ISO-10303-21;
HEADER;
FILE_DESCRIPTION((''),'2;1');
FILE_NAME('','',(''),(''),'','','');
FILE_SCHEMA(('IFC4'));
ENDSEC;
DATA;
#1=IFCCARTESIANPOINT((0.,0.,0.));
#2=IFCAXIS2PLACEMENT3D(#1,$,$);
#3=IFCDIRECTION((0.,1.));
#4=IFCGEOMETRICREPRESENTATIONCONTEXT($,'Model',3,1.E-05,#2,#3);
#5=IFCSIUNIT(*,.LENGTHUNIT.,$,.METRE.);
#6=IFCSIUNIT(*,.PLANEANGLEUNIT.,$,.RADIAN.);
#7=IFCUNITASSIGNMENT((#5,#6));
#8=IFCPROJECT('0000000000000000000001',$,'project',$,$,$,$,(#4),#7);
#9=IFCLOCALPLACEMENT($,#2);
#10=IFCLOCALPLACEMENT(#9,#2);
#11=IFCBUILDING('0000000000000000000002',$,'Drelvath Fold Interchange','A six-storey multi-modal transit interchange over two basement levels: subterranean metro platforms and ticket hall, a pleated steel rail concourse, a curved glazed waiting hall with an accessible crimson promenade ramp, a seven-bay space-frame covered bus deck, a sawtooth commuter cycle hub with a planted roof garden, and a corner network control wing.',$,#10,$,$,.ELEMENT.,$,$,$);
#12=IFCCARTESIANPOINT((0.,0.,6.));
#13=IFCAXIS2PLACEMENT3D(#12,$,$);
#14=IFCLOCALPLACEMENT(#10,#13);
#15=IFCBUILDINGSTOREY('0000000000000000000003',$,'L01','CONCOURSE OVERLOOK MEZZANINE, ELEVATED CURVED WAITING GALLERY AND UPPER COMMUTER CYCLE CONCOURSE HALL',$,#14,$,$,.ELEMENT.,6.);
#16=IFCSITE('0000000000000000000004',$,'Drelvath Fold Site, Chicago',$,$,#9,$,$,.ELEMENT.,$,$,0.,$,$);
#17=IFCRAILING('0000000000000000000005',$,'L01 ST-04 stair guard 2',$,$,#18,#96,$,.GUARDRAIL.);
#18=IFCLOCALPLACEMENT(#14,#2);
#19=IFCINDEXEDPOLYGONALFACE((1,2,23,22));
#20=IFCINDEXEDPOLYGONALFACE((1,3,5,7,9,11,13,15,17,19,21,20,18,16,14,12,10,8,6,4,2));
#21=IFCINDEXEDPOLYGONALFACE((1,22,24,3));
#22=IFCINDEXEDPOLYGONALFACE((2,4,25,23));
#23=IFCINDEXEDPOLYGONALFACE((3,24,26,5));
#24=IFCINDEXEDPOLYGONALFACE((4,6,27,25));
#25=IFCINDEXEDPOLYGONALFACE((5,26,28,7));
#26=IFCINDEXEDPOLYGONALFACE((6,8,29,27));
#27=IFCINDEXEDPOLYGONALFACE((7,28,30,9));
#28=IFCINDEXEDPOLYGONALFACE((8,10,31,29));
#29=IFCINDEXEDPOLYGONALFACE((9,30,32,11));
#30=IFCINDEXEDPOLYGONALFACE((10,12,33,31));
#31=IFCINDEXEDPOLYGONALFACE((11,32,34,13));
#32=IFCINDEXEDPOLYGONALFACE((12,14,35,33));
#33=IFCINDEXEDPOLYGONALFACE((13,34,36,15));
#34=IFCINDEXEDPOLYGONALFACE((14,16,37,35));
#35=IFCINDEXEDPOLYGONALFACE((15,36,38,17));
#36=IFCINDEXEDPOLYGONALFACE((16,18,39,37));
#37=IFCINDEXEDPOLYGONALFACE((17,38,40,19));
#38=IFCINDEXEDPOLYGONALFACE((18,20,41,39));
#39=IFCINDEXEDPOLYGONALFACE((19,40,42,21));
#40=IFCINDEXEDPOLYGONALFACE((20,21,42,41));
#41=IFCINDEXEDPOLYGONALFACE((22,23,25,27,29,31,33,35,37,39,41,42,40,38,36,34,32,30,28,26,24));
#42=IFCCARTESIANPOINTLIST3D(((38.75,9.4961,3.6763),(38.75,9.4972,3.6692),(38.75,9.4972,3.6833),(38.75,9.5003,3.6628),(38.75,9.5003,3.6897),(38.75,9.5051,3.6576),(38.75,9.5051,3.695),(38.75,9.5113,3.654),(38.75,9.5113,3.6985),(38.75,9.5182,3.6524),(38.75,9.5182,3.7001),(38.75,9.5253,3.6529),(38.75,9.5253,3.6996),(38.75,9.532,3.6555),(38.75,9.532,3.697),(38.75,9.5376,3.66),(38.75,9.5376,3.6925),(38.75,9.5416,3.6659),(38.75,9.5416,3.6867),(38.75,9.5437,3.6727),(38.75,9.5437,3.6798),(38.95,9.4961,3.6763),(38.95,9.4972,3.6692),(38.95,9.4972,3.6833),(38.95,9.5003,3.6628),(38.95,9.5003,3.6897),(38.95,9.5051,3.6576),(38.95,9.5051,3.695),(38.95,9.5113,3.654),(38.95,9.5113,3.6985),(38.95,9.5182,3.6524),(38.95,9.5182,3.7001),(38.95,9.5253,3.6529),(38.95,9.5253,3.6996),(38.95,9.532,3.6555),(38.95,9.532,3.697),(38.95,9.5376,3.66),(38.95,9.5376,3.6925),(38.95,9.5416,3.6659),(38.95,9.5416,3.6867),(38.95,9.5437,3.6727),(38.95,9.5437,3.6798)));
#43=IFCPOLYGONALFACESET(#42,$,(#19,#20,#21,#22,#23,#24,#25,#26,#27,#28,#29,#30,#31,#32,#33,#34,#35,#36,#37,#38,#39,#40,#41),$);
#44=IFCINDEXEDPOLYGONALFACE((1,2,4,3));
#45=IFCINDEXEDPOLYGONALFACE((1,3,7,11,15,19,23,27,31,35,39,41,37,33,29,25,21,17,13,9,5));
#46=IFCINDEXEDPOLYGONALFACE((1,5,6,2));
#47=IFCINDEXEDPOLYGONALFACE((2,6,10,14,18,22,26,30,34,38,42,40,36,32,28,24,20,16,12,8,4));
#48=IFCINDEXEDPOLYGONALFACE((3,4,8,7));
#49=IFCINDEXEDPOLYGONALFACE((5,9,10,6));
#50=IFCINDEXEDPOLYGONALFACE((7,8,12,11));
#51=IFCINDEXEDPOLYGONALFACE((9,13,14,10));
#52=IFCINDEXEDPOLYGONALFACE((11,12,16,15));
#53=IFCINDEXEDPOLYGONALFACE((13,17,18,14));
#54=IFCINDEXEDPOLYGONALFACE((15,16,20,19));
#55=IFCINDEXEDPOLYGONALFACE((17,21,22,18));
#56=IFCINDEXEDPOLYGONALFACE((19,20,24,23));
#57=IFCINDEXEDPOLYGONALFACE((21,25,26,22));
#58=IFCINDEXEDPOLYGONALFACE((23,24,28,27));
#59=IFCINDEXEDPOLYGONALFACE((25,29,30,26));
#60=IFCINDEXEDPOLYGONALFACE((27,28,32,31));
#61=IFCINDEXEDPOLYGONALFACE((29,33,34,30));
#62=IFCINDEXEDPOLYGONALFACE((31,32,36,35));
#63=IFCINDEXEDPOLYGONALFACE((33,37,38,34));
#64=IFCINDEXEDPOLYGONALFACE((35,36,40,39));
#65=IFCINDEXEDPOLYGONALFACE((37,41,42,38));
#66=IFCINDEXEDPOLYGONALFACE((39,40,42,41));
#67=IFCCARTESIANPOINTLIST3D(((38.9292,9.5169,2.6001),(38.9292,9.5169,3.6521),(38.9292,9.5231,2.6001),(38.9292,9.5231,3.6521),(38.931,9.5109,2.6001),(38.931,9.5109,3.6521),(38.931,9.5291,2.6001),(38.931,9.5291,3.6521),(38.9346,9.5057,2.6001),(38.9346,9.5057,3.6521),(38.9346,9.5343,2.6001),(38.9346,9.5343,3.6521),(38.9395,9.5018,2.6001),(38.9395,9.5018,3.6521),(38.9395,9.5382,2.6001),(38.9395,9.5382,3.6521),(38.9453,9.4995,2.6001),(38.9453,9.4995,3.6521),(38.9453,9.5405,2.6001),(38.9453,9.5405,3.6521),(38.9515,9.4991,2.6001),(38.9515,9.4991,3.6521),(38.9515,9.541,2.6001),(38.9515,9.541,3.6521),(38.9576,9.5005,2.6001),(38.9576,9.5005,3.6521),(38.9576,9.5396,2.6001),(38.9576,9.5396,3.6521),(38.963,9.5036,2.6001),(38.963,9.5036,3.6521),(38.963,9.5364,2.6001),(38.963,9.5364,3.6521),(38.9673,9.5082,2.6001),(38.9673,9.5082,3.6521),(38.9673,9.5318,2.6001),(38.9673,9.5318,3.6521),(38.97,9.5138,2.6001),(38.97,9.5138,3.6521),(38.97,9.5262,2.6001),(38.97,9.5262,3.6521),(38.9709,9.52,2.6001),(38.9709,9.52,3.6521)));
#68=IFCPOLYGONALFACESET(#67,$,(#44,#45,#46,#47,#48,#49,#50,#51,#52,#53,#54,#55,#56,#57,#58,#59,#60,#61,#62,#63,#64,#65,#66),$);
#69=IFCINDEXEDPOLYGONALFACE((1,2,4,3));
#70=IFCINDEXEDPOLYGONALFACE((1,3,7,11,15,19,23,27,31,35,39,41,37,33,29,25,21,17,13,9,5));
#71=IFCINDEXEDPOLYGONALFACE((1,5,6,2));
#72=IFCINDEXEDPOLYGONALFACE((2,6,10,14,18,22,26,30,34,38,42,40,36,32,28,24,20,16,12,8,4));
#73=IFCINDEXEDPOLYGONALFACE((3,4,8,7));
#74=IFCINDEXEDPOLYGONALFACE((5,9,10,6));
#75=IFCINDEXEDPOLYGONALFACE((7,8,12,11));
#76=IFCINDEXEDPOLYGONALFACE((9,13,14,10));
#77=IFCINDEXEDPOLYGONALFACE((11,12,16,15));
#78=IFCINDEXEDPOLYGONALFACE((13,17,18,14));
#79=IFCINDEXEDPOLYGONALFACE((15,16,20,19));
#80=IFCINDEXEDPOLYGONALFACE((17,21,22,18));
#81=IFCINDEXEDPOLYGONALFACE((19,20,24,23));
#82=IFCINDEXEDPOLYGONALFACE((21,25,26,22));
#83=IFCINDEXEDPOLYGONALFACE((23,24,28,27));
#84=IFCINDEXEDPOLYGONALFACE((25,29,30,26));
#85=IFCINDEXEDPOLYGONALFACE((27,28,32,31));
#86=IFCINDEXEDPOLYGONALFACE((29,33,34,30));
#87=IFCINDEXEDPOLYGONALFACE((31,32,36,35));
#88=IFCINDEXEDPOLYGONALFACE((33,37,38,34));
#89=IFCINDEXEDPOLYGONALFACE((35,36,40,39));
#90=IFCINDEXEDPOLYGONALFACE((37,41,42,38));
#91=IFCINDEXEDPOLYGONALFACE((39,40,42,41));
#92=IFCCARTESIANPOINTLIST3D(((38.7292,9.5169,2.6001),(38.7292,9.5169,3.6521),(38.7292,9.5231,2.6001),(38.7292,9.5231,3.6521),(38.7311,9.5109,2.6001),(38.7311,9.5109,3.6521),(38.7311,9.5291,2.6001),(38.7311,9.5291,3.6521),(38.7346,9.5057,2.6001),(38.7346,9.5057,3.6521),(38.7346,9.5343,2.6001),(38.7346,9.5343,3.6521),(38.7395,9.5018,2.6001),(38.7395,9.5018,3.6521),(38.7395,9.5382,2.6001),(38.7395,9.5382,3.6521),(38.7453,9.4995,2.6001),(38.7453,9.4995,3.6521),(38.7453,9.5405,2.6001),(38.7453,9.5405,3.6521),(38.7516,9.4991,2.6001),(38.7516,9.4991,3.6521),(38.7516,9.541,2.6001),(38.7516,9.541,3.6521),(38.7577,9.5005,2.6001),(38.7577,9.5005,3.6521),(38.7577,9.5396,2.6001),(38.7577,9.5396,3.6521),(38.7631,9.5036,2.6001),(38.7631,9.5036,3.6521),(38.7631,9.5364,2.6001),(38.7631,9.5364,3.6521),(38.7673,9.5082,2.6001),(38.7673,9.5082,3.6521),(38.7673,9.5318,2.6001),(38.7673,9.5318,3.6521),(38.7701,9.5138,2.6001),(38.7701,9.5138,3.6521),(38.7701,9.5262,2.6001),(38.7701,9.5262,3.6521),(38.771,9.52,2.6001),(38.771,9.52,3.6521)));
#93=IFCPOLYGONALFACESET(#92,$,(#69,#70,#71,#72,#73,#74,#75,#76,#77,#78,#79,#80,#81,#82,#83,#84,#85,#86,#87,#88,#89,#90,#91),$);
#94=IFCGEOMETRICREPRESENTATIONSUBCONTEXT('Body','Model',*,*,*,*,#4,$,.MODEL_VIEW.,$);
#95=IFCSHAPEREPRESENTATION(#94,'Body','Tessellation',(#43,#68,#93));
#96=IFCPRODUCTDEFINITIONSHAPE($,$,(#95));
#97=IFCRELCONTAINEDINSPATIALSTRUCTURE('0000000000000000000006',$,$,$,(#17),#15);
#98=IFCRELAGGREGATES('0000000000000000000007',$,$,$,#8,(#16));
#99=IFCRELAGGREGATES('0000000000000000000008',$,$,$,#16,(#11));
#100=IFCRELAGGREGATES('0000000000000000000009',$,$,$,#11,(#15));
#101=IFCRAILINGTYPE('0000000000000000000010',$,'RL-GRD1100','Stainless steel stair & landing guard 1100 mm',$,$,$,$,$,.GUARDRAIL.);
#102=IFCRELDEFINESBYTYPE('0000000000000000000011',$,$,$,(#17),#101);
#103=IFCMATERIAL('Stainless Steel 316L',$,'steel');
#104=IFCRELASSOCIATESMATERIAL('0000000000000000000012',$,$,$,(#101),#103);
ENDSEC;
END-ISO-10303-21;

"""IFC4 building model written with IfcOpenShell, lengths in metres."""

from ifc_helpers import new_model, si_unit, direction, frame, origin, origin_2d, place, context, subcontext, project, spatial, circle, extrude, material, type_object, element, save


model = new_model("IFC4")

# Units and contexts
model_context = context("Model", 3, precision=1e-05, world=origin(), true_north=direction((0.0, 1.0)))
body_context = subcontext(model_context, "Body", "Model", "MODEL_VIEW")
ifc_project = project(units=[si_unit("LENGTHUNIT", "METRE"), si_unit("PLANEANGLEUNIT", "RADIAN")], contexts=[model_context])

# Site, building, storey
site_placement = place(None, origin())
site = spatial("IfcSite", under=ifc_project, at=site_placement, Name="Drelvath Fold Site, Chicago", CompositionType="ELEMENT", RefElevation=0.0)
building_placement = place(site_placement, origin())
building = spatial("IfcBuilding", under=site, at=building_placement, Name="Drelvath Fold Interchange", Description="A six-storey multi-modal transit interchange over two basement levels: subterranean metro platforms and ticket hall, a pleated steel rail concourse, a curved glazed waiting hall with an accessible crimson promenade ramp, a seven-bay space-frame covered bus deck, a sawtooth commuter cycle hub with a planted roof garden, and a corner network control wing.", CompositionType="ELEMENT")
storey_placement = place(building_placement, frame((0.0, 0.0, 6.0)))
storey = spatial("IfcBuildingStorey", under=building, at=storey_placement, Name="L01", Description="CONCOURSE OVERLOOK MEZZANINE, ELEVATED CURVED WAITING GALLERY AND UPPER COMMUTER CYCLE CONCOURSE HALL", CompositionType="ELEMENT", Elevation=6.0)

# Railing
ifc_material_1 = material(Name="Stainless Steel 316L", Category="steel")
railing_type_1 = type_object("IfcRailingType", Name="RL-GRD1100", Description="Stainless steel stair & landing guard 1100 mm", PredefinedType="GUARDRAIL", material=ifc_material_1)
railing_1_placement = place(storey_placement, frame((38.95, 9.52, 2.6001)))
element("IfcRailing", 1, at=railing_1_placement, inside=storey, type_object=railing_type_1, Name="L01 ST-04 stair guard 2", PredefinedType="GUARDRAIL", context=body_context, shape_type="SweptSolid", body=[
    extrude(circle(Radius=0.0239, at=origin_2d()), frame((0.0, 0.0, 1.0762), z_axis=(-1.0, 0.0, 0.0), x_axis=(0.0, -1.0, 0.0)), (0.0, 0.0, 1.0), 0.2),
    extrude(circle(Radius=0.021, at=origin_2d()), origin(), (0.0, 0.0, 1.0), 1.052),
    extrude(circle(Radius=0.021, at=origin_2d()), frame((-0.2, 0.0, 0.0)), (0.0, 0.0, 1.0), 1.052),
])

save(model, "model.ifc")
